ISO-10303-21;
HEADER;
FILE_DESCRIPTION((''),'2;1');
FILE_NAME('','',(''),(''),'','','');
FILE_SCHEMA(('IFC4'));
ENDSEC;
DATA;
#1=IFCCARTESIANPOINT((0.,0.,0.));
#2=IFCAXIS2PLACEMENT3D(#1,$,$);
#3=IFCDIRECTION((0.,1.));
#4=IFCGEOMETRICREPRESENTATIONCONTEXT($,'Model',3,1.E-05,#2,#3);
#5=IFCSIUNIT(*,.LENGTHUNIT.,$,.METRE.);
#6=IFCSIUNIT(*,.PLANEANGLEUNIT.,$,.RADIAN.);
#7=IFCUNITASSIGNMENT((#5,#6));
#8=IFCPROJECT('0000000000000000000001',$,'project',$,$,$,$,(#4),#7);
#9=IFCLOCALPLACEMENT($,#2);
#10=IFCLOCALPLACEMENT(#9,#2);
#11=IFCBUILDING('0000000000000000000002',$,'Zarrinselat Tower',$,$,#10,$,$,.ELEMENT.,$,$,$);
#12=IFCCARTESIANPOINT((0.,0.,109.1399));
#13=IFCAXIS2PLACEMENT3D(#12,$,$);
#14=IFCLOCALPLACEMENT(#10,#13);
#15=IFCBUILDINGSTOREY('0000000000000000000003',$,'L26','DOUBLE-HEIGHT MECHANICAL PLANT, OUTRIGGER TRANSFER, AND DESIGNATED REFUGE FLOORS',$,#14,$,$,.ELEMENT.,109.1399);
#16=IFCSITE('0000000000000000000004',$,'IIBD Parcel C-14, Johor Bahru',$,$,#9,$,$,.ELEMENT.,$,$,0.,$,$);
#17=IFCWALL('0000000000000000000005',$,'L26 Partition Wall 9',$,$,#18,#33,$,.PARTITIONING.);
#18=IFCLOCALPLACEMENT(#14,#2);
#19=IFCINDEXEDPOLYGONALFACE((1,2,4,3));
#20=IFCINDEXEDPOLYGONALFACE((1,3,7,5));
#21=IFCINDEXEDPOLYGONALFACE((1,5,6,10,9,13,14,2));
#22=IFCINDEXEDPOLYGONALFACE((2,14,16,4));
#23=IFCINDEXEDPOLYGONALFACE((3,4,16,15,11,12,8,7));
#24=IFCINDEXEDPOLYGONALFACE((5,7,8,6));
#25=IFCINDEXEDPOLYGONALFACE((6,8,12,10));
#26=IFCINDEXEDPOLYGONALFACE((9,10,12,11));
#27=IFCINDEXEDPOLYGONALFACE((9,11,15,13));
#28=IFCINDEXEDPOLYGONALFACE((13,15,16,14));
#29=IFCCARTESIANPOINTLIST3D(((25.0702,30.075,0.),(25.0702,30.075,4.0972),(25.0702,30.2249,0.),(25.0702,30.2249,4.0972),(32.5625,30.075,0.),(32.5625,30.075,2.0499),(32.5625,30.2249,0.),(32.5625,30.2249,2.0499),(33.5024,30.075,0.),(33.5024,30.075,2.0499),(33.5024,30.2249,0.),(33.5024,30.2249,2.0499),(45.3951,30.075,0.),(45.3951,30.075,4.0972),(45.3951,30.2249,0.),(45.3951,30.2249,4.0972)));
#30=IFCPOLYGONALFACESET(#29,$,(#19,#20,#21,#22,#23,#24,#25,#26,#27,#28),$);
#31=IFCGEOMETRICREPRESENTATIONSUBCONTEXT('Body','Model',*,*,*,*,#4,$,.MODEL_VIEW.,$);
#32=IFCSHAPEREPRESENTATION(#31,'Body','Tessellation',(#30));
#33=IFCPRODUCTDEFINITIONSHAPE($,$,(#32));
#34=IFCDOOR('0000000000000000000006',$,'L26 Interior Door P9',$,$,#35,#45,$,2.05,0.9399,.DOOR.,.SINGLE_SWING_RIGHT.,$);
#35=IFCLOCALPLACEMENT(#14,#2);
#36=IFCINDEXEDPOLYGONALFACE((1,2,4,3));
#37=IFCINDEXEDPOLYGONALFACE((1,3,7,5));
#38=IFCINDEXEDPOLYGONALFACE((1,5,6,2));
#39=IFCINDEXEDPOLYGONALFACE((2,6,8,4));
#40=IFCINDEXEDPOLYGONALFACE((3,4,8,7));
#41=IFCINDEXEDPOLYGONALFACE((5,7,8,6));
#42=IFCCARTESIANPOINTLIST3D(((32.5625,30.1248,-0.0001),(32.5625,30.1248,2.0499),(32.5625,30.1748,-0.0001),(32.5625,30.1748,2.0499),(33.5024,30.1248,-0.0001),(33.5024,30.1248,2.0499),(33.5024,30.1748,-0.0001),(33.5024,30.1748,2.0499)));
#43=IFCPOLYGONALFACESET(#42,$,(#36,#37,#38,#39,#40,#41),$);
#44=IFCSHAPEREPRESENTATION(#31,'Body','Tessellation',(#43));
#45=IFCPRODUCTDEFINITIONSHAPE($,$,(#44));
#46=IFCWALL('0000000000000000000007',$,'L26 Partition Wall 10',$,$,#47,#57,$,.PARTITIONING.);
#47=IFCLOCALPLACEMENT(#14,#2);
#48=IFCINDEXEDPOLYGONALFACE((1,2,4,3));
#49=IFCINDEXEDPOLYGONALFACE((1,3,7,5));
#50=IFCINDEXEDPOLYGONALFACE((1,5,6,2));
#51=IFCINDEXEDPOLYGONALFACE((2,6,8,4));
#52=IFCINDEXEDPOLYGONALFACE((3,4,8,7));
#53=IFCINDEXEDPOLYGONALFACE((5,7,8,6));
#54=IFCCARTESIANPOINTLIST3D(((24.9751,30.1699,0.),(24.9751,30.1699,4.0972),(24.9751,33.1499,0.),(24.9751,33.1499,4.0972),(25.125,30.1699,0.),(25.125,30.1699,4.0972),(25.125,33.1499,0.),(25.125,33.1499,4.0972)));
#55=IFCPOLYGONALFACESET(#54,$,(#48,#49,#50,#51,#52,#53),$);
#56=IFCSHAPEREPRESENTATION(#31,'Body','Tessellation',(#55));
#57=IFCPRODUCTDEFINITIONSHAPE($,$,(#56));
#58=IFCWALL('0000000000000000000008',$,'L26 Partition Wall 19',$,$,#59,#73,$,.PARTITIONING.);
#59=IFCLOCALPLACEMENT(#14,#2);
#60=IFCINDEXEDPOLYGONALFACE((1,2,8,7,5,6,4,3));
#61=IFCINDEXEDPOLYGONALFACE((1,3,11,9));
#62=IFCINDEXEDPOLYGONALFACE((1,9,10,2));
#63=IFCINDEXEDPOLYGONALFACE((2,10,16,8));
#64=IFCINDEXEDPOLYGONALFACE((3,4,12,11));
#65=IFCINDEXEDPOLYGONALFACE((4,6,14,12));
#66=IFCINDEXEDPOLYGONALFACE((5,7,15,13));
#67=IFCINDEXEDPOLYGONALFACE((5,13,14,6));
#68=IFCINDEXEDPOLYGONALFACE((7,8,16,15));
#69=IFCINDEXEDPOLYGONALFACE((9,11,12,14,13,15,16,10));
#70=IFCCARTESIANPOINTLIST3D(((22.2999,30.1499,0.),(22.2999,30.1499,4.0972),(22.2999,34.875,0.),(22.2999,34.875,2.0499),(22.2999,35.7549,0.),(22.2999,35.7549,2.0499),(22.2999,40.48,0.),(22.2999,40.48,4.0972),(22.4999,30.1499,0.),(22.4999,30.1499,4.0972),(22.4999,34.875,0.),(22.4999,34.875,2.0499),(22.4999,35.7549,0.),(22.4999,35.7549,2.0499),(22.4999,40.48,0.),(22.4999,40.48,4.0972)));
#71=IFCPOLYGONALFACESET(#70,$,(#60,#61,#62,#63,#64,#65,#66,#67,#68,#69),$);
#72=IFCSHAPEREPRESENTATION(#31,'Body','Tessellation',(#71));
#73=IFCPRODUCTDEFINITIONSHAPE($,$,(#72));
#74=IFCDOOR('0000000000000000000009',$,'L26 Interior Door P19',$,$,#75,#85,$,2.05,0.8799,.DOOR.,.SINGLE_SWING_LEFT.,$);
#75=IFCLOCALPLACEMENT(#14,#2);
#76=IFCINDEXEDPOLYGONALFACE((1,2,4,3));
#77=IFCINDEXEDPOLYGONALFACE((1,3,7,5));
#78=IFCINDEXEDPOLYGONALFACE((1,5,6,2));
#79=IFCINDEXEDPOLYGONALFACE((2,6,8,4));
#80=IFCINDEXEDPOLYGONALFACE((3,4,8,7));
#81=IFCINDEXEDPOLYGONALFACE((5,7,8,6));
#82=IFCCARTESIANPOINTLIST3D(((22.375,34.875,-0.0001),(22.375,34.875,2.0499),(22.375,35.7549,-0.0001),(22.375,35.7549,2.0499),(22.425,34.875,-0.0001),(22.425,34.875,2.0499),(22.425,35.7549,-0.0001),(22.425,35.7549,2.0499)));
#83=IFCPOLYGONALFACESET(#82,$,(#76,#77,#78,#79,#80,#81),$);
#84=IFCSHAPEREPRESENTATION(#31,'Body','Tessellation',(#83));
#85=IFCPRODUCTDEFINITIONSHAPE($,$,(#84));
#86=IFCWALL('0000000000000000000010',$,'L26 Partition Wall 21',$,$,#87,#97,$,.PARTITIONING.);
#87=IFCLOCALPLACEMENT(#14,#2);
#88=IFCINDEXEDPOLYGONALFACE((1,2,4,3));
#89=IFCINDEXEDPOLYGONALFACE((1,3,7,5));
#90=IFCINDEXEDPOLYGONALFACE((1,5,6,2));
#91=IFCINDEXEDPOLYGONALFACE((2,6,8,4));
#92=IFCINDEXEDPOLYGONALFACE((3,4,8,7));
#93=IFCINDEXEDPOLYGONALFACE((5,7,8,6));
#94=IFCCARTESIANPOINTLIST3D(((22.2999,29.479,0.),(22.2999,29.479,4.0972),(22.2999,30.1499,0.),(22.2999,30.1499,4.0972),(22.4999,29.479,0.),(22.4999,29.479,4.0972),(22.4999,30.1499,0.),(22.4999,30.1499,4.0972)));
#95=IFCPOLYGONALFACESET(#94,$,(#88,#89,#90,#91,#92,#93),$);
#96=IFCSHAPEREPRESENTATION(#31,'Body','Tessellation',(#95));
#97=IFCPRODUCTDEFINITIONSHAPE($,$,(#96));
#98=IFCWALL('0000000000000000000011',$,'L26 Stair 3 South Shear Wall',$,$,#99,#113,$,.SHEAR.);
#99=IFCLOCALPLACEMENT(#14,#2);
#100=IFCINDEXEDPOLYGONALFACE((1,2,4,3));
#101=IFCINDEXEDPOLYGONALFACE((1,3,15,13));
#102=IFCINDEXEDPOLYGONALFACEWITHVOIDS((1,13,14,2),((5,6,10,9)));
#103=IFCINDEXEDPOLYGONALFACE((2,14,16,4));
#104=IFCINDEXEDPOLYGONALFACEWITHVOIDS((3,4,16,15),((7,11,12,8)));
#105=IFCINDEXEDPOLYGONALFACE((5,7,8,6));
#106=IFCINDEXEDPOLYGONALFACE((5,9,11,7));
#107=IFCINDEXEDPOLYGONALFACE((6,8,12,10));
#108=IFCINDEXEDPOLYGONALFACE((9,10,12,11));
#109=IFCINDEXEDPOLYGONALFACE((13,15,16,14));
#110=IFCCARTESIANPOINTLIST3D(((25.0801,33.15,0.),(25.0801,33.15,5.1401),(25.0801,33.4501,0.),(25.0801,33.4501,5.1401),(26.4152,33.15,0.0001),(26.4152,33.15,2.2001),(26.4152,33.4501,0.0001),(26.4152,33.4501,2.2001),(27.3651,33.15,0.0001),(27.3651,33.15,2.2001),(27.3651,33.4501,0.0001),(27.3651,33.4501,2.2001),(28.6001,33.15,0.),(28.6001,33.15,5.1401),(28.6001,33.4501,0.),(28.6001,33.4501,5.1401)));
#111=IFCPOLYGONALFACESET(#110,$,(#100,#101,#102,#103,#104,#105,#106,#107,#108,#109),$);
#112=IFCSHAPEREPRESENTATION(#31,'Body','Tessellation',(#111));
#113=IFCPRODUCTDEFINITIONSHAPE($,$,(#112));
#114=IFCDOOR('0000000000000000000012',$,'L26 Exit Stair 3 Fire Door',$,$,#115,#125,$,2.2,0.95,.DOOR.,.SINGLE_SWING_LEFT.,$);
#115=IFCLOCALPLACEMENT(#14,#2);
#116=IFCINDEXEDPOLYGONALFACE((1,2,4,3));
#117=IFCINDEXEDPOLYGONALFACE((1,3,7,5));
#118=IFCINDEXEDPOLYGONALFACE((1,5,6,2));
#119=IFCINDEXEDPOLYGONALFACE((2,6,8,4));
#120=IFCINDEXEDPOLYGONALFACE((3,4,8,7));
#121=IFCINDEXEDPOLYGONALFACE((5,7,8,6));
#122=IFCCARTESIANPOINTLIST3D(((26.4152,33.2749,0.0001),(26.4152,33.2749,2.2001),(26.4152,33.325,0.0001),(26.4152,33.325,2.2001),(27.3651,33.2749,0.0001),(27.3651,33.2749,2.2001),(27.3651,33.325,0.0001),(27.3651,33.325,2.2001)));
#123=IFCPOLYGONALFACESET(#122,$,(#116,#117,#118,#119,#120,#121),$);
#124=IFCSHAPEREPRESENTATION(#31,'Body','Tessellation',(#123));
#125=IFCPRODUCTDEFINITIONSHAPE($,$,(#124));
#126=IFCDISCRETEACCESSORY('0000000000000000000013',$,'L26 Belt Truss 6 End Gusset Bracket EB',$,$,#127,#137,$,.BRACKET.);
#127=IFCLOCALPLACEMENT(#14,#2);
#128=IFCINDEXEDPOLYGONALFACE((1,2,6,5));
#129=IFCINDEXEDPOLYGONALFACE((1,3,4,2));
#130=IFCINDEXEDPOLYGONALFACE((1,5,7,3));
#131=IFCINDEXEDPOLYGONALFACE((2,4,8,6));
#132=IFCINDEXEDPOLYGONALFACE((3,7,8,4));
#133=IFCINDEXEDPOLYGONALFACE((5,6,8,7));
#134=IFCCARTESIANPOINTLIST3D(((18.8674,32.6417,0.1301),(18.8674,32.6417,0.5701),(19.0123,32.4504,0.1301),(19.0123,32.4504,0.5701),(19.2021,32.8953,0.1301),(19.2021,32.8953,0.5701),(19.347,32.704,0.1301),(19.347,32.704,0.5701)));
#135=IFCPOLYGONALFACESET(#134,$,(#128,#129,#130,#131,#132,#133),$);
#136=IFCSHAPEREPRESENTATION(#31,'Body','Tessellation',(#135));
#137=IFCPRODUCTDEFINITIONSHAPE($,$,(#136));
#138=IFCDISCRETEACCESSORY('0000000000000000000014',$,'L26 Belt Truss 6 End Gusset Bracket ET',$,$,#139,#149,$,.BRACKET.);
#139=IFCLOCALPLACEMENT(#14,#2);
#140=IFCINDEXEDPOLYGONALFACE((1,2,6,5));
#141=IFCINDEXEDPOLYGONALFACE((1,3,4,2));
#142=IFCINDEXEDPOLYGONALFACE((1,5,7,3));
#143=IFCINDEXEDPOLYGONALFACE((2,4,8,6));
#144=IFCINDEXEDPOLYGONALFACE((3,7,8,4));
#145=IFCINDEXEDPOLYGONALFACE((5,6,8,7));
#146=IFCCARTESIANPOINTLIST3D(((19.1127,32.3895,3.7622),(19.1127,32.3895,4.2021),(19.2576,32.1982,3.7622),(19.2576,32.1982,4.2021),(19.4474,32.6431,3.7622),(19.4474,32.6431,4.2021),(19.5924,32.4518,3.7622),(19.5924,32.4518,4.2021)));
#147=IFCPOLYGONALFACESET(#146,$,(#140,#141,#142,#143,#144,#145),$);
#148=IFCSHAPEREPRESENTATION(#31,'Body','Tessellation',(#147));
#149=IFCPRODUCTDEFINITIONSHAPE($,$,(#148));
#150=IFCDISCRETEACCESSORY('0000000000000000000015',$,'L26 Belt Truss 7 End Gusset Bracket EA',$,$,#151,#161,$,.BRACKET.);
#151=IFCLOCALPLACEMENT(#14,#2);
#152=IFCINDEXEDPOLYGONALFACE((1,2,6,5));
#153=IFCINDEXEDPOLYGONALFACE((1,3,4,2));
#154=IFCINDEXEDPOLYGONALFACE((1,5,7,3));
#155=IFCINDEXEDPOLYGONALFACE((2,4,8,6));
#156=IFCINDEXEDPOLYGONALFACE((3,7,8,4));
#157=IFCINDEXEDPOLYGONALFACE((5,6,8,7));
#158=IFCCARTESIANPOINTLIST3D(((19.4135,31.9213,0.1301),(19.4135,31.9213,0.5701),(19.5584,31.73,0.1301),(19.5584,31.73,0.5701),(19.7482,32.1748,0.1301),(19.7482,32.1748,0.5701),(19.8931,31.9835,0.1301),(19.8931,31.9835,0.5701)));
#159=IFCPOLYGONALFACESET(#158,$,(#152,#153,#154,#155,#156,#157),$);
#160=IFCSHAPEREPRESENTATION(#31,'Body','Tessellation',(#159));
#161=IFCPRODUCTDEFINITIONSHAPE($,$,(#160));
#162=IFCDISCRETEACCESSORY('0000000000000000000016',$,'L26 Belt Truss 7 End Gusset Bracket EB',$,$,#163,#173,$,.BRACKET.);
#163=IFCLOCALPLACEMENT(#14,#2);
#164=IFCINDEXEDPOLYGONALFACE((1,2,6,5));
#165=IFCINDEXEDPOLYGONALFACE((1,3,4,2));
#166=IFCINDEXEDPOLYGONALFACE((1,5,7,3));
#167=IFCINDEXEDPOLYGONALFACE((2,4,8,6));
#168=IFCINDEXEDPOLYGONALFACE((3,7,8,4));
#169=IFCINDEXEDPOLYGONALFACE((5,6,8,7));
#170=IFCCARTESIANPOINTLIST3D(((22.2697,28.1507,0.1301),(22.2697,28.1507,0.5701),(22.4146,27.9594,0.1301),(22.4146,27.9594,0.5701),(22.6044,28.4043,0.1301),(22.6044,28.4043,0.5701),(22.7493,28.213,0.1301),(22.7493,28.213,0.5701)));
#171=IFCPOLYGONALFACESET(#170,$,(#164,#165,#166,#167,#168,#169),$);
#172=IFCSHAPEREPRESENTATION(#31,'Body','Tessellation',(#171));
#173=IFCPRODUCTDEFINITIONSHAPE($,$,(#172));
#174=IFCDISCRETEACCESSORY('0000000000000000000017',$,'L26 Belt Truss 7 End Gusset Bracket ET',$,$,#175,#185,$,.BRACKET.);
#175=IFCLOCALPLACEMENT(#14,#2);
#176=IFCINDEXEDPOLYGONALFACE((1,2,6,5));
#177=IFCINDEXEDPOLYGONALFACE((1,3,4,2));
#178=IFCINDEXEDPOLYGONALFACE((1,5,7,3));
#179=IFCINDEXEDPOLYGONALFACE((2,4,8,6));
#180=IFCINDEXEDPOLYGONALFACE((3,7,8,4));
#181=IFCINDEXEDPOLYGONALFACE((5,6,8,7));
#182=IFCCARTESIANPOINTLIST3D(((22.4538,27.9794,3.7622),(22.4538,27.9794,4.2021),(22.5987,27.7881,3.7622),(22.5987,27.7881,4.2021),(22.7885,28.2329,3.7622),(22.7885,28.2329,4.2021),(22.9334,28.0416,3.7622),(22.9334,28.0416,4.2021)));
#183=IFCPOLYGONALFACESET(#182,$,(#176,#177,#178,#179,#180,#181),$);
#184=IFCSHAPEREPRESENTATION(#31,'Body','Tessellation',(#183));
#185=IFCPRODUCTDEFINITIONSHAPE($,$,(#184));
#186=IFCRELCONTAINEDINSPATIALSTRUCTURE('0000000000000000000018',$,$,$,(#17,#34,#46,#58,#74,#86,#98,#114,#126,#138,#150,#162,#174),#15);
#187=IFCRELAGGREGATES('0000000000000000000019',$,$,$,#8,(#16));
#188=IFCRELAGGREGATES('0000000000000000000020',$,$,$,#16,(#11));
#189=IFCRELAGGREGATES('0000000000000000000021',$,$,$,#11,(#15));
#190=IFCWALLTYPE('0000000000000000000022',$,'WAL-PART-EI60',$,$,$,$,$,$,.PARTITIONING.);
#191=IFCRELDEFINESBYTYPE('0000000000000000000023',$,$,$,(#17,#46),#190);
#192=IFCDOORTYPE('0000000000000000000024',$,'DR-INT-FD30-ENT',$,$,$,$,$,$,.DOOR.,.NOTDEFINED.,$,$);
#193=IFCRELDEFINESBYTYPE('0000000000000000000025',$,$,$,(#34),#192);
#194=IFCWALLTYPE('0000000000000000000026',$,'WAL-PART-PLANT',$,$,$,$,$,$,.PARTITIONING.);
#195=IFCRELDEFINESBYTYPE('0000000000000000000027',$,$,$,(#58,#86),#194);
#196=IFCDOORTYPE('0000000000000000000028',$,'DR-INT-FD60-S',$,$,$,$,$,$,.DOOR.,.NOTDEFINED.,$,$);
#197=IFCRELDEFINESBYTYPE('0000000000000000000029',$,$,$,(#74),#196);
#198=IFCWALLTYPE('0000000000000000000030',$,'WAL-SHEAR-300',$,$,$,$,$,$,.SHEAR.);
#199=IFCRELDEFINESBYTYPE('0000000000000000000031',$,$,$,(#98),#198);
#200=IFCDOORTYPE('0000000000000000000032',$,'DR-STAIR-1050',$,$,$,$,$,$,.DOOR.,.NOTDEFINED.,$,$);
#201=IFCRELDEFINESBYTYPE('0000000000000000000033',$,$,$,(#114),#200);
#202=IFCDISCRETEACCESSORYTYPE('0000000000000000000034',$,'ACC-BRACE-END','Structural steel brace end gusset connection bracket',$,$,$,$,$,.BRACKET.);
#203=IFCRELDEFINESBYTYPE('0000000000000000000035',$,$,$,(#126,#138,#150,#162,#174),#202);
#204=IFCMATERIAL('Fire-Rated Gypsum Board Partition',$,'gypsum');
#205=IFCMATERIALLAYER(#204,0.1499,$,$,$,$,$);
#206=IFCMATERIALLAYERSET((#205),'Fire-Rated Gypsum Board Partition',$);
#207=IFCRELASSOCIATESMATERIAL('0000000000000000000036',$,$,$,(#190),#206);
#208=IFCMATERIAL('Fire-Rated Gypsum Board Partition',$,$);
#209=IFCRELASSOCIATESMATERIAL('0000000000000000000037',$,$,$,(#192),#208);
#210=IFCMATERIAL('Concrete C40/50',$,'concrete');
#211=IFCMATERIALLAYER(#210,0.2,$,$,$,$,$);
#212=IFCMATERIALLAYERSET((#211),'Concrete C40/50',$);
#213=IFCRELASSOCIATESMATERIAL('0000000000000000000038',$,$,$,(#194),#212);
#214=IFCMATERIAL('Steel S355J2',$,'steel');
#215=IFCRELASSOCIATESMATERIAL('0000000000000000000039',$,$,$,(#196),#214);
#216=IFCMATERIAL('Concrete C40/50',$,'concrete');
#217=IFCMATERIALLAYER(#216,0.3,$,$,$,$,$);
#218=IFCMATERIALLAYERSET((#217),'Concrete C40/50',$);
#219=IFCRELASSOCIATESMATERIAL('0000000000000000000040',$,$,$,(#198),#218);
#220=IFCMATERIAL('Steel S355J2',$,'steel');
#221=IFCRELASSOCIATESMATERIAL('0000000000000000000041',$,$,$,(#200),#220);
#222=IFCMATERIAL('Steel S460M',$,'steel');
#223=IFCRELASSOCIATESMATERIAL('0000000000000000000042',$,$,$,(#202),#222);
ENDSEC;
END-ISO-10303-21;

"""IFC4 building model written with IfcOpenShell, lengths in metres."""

from ifc_helpers import new_model, si_unit, direction, frame, frame_2d, origin, origin_2d, place, context, subcontext, project, spatial, rectangle, extrude, material, layer, layer_set, type_object, element, fill, save


model = new_model("IFC4")

# Units and contexts
model_context = context("Model", 3, precision=1e-05, world=origin(), true_north=direction((0.0, 1.0)))
body_context = subcontext(model_context, "Body", "Model", "MODEL_VIEW")
ifc_project = project(units=[si_unit("LENGTHUNIT", "METRE"), si_unit("PLANEANGLEUNIT", "RADIAN")], contexts=[model_context])

# Site, building, storey
site_placement = place(None, origin())
site = spatial("IfcSite", under=ifc_project, at=site_placement, Name="IIBD Parcel C-14, Johor Bahru", CompositionType="ELEMENT", RefElevation=0.0)
building_placement = place(site_placement, origin())
building = spatial("IfcBuilding", under=site, at=building_placement, Name="Zarrinselat Tower", CompositionType="ELEMENT")
storey_placement = place(building_placement, frame((0.0, 0.0, 109.1399)))
storey = spatial("IfcBuildingStorey", under=building, at=storey_placement, Name="L26", Description="DOUBLE-HEIGHT MECHANICAL PLANT, OUTRIGGER TRANSFER, AND DESIGNATED REFUGE FLOORS", CompositionType="ELEMENT", Elevation=109.1399)

# Wall, opening, door
ifc_material_1 = material(Name="Fire-Rated Gypsum Board Partition", Category="gypsum")
ifc_layer_1 = layer(ifc_material_1, 0.1499)
ifc_layer_set_1 = layer_set([ifc_layer_1], Name="Fire-Rated Gypsum Board Partition")
wall_type_1 = type_object("IfcWallType", Name="WAL-PART-EI60", PredefinedType="PARTITIONING", material=ifc_layer_set_1)
wall_1_placement = place(storey_placement, frame((25.0701, 30.1499, 0.0), z_axis=(0.0, 0.0, 1.0), x_axis=(1.0, 0.0, 0.0)))
wall_1 = element("IfcWall", 1, at=wall_1_placement, inside=storey, type_object=wall_type_1, Name="L26 Partition Wall 9", PredefinedType="PARTITIONING", context=body_context, shape_type="SweptSolid", body=[
    extrude(rectangle(XDim=20.325, YDim=0.1499, at=frame_2d((10.1626, 0.0))), origin(), (0.0, 0.0, 1.0), 4.0972),
])
opening_1_placement = place(wall_1_placement, frame((7.4924, 0.0, 0.0)))
opening_1 = element("IfcOpeningElement", 2, at=opening_1_placement, cuts=wall_1, PredefinedType="OPENING", context=body_context, shape_type="SweptSolid", body=[
    extrude(rectangle(XDim=0.9399, YDim=2.05, at=frame_2d((0.47, 1.0249))), frame((0.0, 0.085, 0.0), z_axis=(0.0, -1.0, 0.0), x_axis=(1.0, 0.0, 0.0)), (0.0, 0.0, 1.0), 0.1699),
])
ifc_material_2 = material(Name="Fire-Rated Gypsum Board Partition")
door_type_1 = type_object("IfcDoorType", Name="DR-INT-FD30-ENT", OperationType="NOTDEFINED", PredefinedType="DOOR", material=ifc_material_2)
door_1_placement = place(opening_1_placement, origin())
door_1 = element("IfcDoor", 3, at=door_1_placement, inside=storey, type_object=door_type_1, Name="L26 Interior Door P9", OperationType="SINGLE_SWING_RIGHT", OverallHeight=2.05, OverallWidth=0.9399, PredefinedType="DOOR", context=body_context, shape_type="SweptSolid", body=[
    extrude(rectangle(XDim=0.9399, YDim=2.05, at=frame_2d((0.47, 1.0249))), frame((0.0, 0.0249, 0.0), z_axis=(0.0, -1.0, 0.0), x_axis=(1.0, 0.0, 0.0)), (0.0, 0.0, 1.0), 0.05),
])
fill(opening_1, door_1)

# Wall
wall_2_placement = place(storey_placement, frame((25.05, 30.1699, 0.0), z_axis=(0.0, 0.0, 1.0), x_axis=(0.0, 1.0, 0.0)))
element("IfcWall", 4, at=wall_2_placement, inside=storey, type_object=wall_type_1, Name="L26 Partition Wall 10", PredefinedType="PARTITIONING", context=body_context, shape_type="SweptSolid", body=[
    extrude(rectangle(XDim=2.98, YDim=0.1499, at=frame_2d((1.49, 0.0))), origin(), (0.0, 0.0, 1.0), 4.0972),
])

# Wall, opening, door
ifc_material_3 = material(Name="Concrete C40/50", Category="concrete")
ifc_layer_2 = layer(ifc_material_3, 0.2)
ifc_layer_set_2 = layer_set([ifc_layer_2], Name="Concrete C40/50")
wall_type_2 = type_object("IfcWallType", Name="WAL-PART-PLANT", PredefinedType="PARTITIONING", material=ifc_layer_set_2)
wall_3_placement = place(storey_placement, frame((22.3999, 30.1499, 0.0), z_axis=(0.0, 0.0, 1.0), x_axis=(0.0, 1.0, 0.0)))
wall_3 = element("IfcWall", 5, at=wall_3_placement, inside=storey, type_object=wall_type_2, Name="L26 Partition Wall 19", PredefinedType="PARTITIONING", context=body_context, shape_type="SweptSolid", body=[
    extrude(rectangle(XDim=10.3301, YDim=0.2, at=frame_2d((5.165, 0.0))), origin(), (0.0, 0.0, 1.0), 4.0972),
])
opening_2_placement = place(wall_3_placement, frame((4.7251, 0.0, 0.0)))
opening_2 = element("IfcOpeningElement", 6, at=opening_2_placement, cuts=wall_3, PredefinedType="OPENING", context=body_context, shape_type="SweptSolid", body=[
    extrude(rectangle(XDim=0.8799, YDim=2.05, at=frame_2d((0.4399, 1.0249))), frame((0.0, 0.1099, 0.0), z_axis=(0.0, -1.0, 0.0), x_axis=(1.0, 0.0, 0.0)), (0.0, 0.0, 1.0), 0.22),
])
ifc_material_4 = material(Name="Steel S355J2", Category="steel")
door_type_2 = type_object("IfcDoorType", Name="DR-INT-FD60-S", OperationType="NOTDEFINED", PredefinedType="DOOR", material=ifc_material_4)
door_2_placement = place(opening_2_placement, origin())
door_2 = element("IfcDoor", 7, at=door_2_placement, inside=storey, type_object=door_type_2, Name="L26 Interior Door P19", OperationType="SINGLE_SWING_LEFT", OverallHeight=2.05, OverallWidth=0.8799, PredefinedType="DOOR", context=body_context, shape_type="SweptSolid", body=[
    extrude(rectangle(XDim=0.8799, YDim=2.05, at=frame_2d((0.4399, 1.0249))), frame((0.0, 0.0249, 0.0), z_axis=(0.0, -1.0, 0.0), x_axis=(1.0, 0.0, 0.0)), (0.0, 0.0, 1.0), 0.05),
])
fill(opening_2, door_2)

# Wall
wall_4_placement = place(storey_placement, frame((22.3999, 29.479, 0.0), z_axis=(0.0, 0.0, 1.0), x_axis=(0.0, 1.0, 0.0)))
element("IfcWall", 8, at=wall_4_placement, inside=storey, type_object=wall_type_2, Name="L26 Partition Wall 21", PredefinedType="PARTITIONING", context=body_context, shape_type="SweptSolid", body=[
    extrude(rectangle(XDim=0.6709, YDim=0.2, at=frame_2d((0.3354, 0.0))), origin(), (0.0, 0.0, 1.0), 4.0972),
])

# Wall, opening, door
ifc_material_5 = material(Name="Concrete C40/50", Category="concrete")
ifc_layer_3 = layer(ifc_material_5, 0.3)
ifc_layer_set_3 = layer_set([ifc_layer_3], Name="Concrete C40/50")
wall_type_3 = type_object("IfcWallType", Name="WAL-SHEAR-300", PredefinedType="SHEAR", material=ifc_layer_set_3)
wall_5_placement = place(storey_placement, frame((25.0801, 33.3, 0.0), z_axis=(0.0, 0.0, 1.0), x_axis=(1.0, 0.0, 0.0)))
wall_5 = element("IfcWall", 9, at=wall_5_placement, inside=storey, type_object=wall_type_3, Name="L26 Stair 3 South Shear Wall", PredefinedType="SHEAR", context=body_context, shape_type="SweptSolid", body=[
    extrude(rectangle(XDim=3.52, YDim=0.3, at=frame_2d((1.76, 0.0))), origin(), (0.0, 0.0, 1.0), 5.1401),
])
opening_3_placement = place(wall_5_placement, frame((1.335, 0.0, 0.0)))
opening_3 = element("IfcOpeningElement", 10, at=opening_3_placement, cuts=wall_5, PredefinedType="OPENING", context=body_context, shape_type="SweptSolid", body=[
    extrude(rectangle(XDim=0.95, YDim=2.2, at=frame_2d((0.4751, 1.1001))), frame((0.0, 0.1599, 0.0), z_axis=(0.0, -1.0, 0.0), x_axis=(1.0, 0.0, 0.0)), (0.0, 0.0, 1.0), 0.3201),
])
ifc_material_6 = material(Name="Steel S355J2", Category="steel")
door_type_3 = type_object("IfcDoorType", Name="DR-STAIR-1050", OperationType="NOTDEFINED", PredefinedType="DOOR", material=ifc_material_6)
door_3_placement = place(opening_3_placement, origin())
door_3 = element("IfcDoor", 11, at=door_3_placement, inside=storey, type_object=door_type_3, Name="L26 Exit Stair 3 Fire Door", OperationType="SINGLE_SWING_LEFT", OverallHeight=2.2, OverallWidth=0.95, PredefinedType="DOOR", context=body_context, shape_type="SweptSolid", body=[
    extrude(rectangle(XDim=0.95, YDim=2.2, at=frame_2d((0.4751, 1.1001))), frame((0.0, 0.0249, 0.0), z_axis=(0.0, -1.0, 0.0), x_axis=(1.0, 0.0, 0.0)), (0.0, 0.0, 1.0), 0.05),
])
fill(opening_3, door_3)

# Discrete accessories
ifc_material_7 = material(Name="Steel S460M", Category="steel")
discrete_accessory_type = type_object("IfcDiscreteAccessoryType", Name="ACC-BRACE-END", Description="Structural steel brace end gusset connection bracket", PredefinedType="BRACKET", material=ifc_material_7)
for number, where, z_axis, x_axis, name in (
    (12, (19.1072, 32.6729, 0.1301), (0.0, 0.0, 1.0), (0.603848, -0.797099, 0.0), "L26 Belt Truss 6 End Gusset Bracket EB"),
    (13, (19.3525, 32.4207, 3.7622), (0.0, 0.0, 1.0), (0.603848, -0.797099, 0.0), "L26 Belt Truss 6 End Gusset Bracket ET"),
    (14, (19.6533, 31.9524, 0.1301), (0.0, 0.0, 1.0), (0.603868, -0.797084, 0.0), "L26 Belt Truss 7 End Gusset Bracket EA"),
    (15, (22.5095, 28.1819, 0.1301), (0.0, 0.0, 1.0), (0.603868, -0.797084, 0.0), "L26 Belt Truss 7 End Gusset Bracket EB"),
    (16, (22.6936, 28.0105, 3.7622), (0.0, 0.0, 1.0), (0.603868, -0.797084, 0.0), "L26 Belt Truss 7 End Gusset Bracket ET"),
):
    element("IfcDiscreteAccessory", number, at=place(storey_placement, frame(where, z_axis=z_axis, x_axis=x_axis)), inside=storey, type_object=discrete_accessory_type, Name=name, PredefinedType="BRACKET", context=body_context, shape_type="SweptSolid", body=[
        extrude(rectangle(XDim=0.24, YDim=0.4199, at=origin_2d()), origin(), (0.0, 0.0, 1.0), 0.4399),
    ])

save(model, "model.ifc")
